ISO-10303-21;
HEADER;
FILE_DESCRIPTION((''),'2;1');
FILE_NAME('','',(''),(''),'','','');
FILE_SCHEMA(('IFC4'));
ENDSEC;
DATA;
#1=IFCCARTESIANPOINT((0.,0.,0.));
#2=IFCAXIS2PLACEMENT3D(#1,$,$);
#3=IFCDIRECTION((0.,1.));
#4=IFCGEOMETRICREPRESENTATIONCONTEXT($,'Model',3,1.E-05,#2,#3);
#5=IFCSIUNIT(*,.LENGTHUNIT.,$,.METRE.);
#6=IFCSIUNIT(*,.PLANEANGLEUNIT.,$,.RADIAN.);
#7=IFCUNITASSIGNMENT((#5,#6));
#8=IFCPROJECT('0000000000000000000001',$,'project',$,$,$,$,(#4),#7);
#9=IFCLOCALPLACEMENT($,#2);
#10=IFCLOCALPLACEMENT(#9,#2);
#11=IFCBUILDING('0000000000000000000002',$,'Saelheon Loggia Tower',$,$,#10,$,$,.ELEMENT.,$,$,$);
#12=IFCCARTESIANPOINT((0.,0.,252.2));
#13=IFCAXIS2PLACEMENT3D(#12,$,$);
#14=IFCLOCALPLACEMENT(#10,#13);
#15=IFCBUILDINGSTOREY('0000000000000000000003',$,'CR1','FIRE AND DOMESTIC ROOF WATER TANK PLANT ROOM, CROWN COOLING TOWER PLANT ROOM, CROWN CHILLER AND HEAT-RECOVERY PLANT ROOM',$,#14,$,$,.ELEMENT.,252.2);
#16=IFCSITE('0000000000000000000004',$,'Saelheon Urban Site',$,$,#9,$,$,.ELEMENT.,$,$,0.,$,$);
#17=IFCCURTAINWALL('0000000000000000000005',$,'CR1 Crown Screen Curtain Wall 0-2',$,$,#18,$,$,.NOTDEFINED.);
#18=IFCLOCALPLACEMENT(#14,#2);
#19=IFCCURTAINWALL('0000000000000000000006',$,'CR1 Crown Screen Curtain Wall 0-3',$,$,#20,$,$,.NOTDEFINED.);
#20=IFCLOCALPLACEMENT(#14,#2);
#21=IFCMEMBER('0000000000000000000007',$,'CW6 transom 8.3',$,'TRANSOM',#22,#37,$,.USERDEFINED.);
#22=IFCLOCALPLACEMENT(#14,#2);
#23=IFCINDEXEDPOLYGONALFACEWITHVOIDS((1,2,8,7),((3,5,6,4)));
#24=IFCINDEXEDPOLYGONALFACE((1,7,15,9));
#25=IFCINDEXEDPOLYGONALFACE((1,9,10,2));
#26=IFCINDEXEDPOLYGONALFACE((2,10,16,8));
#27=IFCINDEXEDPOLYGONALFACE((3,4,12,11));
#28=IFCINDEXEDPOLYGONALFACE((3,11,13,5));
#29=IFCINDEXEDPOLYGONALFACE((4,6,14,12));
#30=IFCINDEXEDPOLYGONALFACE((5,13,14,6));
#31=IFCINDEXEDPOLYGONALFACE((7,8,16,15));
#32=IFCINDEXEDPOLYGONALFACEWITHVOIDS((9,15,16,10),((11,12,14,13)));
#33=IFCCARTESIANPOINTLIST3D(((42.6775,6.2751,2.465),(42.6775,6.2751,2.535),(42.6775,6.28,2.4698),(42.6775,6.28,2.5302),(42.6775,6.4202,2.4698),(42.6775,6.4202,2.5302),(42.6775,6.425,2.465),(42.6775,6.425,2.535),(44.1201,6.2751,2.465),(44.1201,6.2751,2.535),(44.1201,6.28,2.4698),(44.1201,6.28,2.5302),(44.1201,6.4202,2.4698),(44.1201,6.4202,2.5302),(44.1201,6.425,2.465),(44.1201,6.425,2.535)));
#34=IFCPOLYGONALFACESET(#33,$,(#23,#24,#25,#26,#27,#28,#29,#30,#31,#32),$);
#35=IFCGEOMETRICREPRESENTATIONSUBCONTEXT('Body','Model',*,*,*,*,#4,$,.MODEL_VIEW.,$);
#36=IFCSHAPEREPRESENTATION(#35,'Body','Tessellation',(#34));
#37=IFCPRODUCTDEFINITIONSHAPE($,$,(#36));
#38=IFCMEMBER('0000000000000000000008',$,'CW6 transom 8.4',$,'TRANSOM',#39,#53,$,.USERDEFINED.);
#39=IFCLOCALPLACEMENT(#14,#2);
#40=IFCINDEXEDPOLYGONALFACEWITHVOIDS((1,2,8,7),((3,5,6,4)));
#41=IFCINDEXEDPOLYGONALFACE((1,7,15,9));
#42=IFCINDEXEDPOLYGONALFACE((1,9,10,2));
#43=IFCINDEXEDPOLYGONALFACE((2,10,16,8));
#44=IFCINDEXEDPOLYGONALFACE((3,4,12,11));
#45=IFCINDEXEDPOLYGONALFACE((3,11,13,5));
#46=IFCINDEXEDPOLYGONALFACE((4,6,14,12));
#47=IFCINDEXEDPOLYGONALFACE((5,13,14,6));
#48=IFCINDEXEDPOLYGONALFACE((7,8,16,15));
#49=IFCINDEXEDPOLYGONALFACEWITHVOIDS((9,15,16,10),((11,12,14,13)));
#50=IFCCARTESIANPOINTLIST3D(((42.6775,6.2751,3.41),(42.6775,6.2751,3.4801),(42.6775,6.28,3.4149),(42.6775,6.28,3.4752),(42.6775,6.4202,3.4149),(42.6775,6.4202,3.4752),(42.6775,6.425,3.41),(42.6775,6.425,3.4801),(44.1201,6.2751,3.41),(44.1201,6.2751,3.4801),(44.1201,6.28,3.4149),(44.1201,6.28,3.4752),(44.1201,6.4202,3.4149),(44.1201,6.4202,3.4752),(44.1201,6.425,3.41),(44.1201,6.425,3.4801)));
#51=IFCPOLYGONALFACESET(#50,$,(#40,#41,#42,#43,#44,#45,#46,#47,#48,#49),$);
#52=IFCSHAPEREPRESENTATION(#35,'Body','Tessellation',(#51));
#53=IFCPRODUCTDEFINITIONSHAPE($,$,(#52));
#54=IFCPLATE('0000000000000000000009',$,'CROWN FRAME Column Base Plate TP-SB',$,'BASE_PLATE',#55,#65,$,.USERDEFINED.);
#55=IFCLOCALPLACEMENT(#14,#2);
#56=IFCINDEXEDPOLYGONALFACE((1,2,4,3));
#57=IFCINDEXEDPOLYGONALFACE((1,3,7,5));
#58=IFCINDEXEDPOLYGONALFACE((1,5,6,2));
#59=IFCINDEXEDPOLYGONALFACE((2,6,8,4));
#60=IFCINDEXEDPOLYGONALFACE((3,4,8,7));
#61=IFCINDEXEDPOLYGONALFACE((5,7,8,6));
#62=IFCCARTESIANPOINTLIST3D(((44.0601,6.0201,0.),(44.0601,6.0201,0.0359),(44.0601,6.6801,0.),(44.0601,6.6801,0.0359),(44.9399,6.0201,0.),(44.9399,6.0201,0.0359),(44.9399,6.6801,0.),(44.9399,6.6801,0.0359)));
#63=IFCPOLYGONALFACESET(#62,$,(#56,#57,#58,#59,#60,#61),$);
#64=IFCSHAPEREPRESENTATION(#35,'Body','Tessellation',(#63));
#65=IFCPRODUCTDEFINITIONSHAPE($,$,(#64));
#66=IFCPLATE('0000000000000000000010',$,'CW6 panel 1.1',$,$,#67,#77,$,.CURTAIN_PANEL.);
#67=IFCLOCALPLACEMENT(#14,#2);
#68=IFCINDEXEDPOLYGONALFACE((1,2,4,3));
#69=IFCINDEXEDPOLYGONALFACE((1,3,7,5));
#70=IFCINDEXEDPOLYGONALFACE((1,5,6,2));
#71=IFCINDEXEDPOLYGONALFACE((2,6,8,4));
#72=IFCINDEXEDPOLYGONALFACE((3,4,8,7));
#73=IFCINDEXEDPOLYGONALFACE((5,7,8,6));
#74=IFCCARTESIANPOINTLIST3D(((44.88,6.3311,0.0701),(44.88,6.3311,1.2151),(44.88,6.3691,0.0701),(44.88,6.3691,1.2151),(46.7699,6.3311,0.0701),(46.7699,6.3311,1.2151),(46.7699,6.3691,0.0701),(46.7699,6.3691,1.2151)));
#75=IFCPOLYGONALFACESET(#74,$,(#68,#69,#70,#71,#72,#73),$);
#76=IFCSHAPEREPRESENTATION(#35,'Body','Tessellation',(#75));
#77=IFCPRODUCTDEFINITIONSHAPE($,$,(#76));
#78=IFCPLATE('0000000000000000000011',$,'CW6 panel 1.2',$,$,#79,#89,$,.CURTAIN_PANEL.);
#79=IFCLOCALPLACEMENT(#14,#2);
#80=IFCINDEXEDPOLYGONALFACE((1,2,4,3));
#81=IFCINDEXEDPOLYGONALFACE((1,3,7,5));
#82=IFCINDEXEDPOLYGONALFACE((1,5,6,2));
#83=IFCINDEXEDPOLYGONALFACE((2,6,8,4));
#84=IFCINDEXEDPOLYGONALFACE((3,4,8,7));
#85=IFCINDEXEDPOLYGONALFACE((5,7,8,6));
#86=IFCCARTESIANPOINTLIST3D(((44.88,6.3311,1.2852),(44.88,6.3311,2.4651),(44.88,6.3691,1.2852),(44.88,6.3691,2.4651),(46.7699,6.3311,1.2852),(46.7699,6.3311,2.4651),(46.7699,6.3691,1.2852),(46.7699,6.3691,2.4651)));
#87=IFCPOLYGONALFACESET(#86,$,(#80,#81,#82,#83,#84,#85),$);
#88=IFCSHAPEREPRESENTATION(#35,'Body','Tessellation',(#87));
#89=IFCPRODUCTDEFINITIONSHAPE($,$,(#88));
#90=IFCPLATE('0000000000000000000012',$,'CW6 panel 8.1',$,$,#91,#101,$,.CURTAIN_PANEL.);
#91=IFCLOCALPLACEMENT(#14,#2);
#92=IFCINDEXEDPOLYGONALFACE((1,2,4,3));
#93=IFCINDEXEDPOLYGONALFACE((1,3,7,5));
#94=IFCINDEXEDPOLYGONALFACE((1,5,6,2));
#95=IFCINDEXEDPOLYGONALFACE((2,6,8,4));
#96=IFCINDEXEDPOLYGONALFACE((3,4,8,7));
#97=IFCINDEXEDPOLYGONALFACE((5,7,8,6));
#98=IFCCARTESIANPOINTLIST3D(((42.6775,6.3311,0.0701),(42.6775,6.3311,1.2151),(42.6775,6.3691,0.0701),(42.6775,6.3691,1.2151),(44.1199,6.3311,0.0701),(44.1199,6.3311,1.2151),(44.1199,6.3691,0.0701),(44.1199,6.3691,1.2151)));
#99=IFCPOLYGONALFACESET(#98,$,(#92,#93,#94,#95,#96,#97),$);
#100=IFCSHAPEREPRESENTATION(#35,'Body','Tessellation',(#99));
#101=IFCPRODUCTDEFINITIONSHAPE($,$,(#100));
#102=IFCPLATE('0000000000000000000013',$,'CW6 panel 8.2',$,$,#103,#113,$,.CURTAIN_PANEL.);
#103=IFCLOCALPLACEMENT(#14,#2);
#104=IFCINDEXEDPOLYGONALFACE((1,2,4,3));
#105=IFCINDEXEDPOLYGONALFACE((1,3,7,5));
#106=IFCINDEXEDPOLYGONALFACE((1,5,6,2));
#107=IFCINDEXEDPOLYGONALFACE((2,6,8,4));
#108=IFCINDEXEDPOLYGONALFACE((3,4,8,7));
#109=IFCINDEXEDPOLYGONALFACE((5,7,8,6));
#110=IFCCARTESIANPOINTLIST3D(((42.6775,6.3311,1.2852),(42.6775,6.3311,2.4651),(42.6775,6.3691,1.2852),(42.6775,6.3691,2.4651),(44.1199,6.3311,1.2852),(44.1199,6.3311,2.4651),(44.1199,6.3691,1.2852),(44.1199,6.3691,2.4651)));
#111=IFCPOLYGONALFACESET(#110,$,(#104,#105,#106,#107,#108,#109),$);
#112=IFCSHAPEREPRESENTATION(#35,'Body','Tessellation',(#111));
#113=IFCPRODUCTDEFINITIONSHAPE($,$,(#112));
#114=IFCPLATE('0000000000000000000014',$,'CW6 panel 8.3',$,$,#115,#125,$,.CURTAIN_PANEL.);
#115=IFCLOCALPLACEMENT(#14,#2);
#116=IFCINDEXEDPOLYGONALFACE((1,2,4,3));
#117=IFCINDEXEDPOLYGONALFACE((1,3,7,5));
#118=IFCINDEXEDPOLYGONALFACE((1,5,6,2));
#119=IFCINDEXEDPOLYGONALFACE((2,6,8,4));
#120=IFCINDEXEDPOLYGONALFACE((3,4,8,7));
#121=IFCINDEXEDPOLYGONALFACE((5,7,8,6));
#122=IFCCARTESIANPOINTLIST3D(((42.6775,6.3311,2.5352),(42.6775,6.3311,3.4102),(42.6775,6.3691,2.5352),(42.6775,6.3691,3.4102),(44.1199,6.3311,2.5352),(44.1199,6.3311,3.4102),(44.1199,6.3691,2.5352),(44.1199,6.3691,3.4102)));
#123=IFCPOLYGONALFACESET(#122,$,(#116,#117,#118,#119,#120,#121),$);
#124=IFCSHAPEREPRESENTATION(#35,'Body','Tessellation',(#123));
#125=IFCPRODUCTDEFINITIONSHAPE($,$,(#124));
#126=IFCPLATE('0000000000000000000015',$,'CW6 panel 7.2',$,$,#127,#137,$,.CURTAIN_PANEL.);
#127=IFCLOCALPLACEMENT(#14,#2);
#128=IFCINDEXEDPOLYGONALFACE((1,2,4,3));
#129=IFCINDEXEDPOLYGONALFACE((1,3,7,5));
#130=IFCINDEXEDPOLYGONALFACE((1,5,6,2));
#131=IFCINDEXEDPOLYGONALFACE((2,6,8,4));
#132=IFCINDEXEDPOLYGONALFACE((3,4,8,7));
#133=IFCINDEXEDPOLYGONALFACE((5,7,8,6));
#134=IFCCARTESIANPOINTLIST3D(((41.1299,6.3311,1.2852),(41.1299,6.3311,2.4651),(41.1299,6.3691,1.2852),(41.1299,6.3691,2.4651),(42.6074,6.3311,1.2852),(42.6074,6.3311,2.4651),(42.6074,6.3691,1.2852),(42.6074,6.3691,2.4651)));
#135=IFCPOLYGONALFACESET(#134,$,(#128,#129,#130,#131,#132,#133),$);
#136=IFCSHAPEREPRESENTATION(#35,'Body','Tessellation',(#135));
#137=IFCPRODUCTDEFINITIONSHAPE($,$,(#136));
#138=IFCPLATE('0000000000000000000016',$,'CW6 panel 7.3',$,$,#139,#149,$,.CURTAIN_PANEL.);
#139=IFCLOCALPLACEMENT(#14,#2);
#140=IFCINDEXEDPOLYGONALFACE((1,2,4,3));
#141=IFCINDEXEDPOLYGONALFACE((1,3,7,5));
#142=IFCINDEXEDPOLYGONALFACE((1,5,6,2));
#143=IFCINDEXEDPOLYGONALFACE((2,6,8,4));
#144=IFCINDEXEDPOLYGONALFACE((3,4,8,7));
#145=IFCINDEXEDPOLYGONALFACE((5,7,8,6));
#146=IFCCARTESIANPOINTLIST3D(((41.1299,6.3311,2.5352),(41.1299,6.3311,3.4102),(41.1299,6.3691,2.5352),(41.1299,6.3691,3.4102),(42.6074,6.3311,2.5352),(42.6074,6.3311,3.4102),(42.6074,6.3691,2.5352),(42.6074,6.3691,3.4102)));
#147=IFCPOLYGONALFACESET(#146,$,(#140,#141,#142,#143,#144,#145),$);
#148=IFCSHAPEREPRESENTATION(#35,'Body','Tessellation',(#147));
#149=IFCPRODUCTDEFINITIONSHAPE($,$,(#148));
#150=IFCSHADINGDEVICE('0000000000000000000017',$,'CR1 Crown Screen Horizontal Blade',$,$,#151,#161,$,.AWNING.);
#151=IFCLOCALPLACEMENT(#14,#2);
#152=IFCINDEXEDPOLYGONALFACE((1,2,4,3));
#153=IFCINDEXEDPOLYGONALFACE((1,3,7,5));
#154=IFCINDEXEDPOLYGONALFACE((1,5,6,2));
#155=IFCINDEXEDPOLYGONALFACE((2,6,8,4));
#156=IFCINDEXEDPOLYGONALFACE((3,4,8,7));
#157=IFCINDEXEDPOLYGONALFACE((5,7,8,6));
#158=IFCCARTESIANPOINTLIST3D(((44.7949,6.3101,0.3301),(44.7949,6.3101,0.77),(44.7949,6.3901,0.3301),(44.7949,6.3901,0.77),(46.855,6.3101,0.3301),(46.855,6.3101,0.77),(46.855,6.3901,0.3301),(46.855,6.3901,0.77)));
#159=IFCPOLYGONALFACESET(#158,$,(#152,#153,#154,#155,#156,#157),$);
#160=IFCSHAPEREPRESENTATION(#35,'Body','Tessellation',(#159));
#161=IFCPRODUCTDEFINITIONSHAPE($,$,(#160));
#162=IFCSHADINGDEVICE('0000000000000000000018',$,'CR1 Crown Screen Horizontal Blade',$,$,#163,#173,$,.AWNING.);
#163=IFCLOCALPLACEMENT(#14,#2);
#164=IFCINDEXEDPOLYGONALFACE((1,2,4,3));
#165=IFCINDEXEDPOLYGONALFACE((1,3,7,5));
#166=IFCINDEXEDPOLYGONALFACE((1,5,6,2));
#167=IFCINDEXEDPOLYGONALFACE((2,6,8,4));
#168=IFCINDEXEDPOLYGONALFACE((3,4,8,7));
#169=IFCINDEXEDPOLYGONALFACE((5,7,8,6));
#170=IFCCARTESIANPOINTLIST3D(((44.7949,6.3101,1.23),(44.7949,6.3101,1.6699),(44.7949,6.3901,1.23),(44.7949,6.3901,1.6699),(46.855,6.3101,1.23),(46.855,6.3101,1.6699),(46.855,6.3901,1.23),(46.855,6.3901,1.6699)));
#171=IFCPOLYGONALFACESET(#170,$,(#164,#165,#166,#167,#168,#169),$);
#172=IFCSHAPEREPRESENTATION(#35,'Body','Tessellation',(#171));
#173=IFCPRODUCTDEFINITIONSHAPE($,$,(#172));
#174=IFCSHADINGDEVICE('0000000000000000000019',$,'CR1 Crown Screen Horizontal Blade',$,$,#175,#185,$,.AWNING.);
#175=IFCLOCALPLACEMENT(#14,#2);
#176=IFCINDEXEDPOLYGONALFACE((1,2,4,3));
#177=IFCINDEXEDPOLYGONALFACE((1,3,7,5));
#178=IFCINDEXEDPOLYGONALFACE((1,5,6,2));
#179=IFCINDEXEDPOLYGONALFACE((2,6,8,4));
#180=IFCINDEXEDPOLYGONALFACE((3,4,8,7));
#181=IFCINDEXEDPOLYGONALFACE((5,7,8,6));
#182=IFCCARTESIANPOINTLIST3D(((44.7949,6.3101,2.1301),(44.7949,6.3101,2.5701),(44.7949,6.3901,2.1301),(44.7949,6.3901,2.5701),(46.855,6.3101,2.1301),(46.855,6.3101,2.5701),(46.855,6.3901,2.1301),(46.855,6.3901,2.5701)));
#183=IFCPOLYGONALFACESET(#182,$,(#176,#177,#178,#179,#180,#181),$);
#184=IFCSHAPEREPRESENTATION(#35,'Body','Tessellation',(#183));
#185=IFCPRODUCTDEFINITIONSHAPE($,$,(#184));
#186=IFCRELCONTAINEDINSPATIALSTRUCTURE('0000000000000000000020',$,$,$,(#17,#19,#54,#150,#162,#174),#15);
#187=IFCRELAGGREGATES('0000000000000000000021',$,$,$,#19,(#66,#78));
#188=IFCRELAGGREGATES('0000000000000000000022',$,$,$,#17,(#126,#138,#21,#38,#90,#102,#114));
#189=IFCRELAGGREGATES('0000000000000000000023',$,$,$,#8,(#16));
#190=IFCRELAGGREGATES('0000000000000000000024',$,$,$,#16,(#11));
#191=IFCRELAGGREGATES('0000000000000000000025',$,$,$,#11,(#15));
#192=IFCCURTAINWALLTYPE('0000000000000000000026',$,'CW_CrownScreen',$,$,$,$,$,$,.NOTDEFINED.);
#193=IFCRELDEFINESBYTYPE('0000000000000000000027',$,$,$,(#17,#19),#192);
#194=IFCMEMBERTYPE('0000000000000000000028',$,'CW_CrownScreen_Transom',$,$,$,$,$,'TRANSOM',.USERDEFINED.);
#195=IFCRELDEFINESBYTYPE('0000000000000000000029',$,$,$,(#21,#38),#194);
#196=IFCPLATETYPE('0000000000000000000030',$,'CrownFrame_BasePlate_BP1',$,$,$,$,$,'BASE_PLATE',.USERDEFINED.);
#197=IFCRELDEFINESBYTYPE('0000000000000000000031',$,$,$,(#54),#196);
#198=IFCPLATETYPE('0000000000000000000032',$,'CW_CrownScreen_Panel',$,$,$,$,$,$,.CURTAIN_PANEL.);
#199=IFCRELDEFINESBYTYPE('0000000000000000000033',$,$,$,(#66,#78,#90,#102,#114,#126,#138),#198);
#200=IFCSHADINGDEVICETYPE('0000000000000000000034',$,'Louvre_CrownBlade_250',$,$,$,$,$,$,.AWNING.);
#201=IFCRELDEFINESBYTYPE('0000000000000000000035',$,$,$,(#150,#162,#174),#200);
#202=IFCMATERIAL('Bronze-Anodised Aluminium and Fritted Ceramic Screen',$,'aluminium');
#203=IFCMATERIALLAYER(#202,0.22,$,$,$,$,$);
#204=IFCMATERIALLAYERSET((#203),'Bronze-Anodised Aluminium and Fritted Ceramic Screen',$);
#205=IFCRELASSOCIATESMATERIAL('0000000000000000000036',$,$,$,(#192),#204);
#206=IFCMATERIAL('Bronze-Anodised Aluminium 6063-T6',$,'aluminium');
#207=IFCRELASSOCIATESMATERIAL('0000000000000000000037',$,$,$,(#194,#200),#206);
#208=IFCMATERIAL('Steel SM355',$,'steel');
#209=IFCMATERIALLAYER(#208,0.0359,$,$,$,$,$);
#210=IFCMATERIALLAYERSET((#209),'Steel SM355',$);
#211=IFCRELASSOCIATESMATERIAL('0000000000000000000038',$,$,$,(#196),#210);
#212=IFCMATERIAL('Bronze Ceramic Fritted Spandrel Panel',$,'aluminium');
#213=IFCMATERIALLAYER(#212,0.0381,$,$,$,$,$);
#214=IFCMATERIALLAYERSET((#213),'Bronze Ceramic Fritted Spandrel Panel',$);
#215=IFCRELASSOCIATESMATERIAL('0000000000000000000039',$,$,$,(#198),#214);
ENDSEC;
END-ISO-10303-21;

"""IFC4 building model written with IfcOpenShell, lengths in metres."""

from ifc_helpers import new_model, si_unit, direction, frame, origin, origin_2d, place, context, subcontext, project, spatial, rectangle, hollow_rectangle, extrude, source, transform, mapped, material, layer, layer_set, material_profile, profile_set, type_object, element, aggregate, save


model = new_model("IFC4")

# Units and contexts
model_context = context("Model", 3, precision=1e-05, world=origin(), true_north=direction((0.0, 1.0)))
body_context = subcontext(model_context, "Body", "Model", "MODEL_VIEW")
ifc_project = project(units=[si_unit("LENGTHUNIT", "METRE"), si_unit("PLANEANGLEUNIT", "RADIAN")], contexts=[model_context])

# Site, building, storey
site_placement = place(None, origin())
site = spatial("IfcSite", under=ifc_project, at=site_placement, Name="Saelheon Urban Site", CompositionType="ELEMENT", RefElevation=0.0)
building_placement = place(site_placement, origin())
building = spatial("IfcBuilding", under=site, at=building_placement, Name="Saelheon Loggia Tower", CompositionType="ELEMENT")
storey_placement = place(building_placement, frame((0.0, 0.0, 252.2)))
storey = spatial("IfcBuildingStorey", under=building, at=storey_placement, Name="CR1", Description="FIRE AND DOMESTIC ROOF WATER TANK PLANT ROOM, CROWN COOLING TOWER PLANT ROOM, CROWN CHILLER AND HEAT-RECOVERY PLANT ROOM", CompositionType="ELEMENT", Elevation=252.2)

# Curtain walls
ifc_material_1 = material(Name="Bronze-Anodised Aluminium and Fritted Ceramic Screen", Category="aluminium")
ifc_layer_1 = layer(ifc_material_1, 0.22)
ifc_layer_set_1 = layer_set([ifc_layer_1], Name="Bronze-Anodised Aluminium and Fritted Ceramic Screen")
curtain_wall_type = type_object("IfcCurtainWallType", Name="CW_CrownScreen", PredefinedType="NOTDEFINED", material=ifc_layer_set_1)
curtain_wall_1_placement = place(storey_placement, origin())
curtain_wall_1 = element("IfcCurtainWall", 1, at=curtain_wall_1_placement, inside=storey, type_object=curtain_wall_type, Name="CR1 Crown Screen Curtain Wall 0-2", PredefinedType="NOTDEFINED")
ifc_material_2 = material(Name="Bronze-Anodised Aluminium 6063-T6", Category="aluminium")
curtain_wall_2_placement = place(storey_placement, origin())
curtain_wall_2 = element("IfcCurtainWall", 2, at=curtain_wall_2_placement, inside=storey, type_object=curtain_wall_type, Name="CR1 Crown Screen Curtain Wall 0-3", PredefinedType="NOTDEFINED")
ifc_material_profile_1 = material_profile(ifc_material_2, hollow_rectangle(XDim=0.0701, YDim=0.1499, WallThickness=0.0049, at=origin_2d()), Name="RHS-150x70x5")
ifc_profile_set_1 = profile_set([ifc_material_profile_1], Name="Bronze-Anodised Aluminium 6063-T6")
member_type_1 = type_object("IfcMemberType", Name="CW_CrownScreen_Transom", ElementType="TRANSOM", PredefinedType="USERDEFINED", material=ifc_profile_set_1)

# Members
shared_shape_1 = source(origin(), body_context, "Body", "SweptSolid", [
    extrude(hollow_rectangle(XDim=0.0701, YDim=0.1499, WallThickness=0.0049, at=origin_2d()), origin(), (0.0, 0.0, 1.0), 1.4426),
])
member_1_placement = place(storey_placement, frame((42.6775, 6.3501, 2.5), z_axis=(1.0, 0.0, 0.0), x_axis=(0.0, 0.0, 1.0)))
member_1 = element("IfcMember", 3, at=member_1_placement, type_object=member_type_1, Name="CW6 transom 8.3", ObjectType="TRANSOM", PredefinedType="USERDEFINED", context=body_context, shape_type="MappedRepresentation", body=[
    mapped(shared_shape_1, transform((0.0, 0.0, 0.0), scale=1.0)),
])
member_2_placement = place(storey_placement, frame((42.6775, 6.3501, 3.4451), z_axis=(1.0, 0.0, 0.0), x_axis=(0.0, 0.0, 1.0)))
member_2 = element("IfcMember", 4, at=member_2_placement, type_object=member_type_1, Name="CW6 transom 8.4", ObjectType="TRANSOM", PredefinedType="USERDEFINED", context=body_context, shape_type="MappedRepresentation", body=[
    mapped(shared_shape_1, transform((0.0, 0.0, 0.0), scale=1.0)),
])

# Plates
ifc_material_3 = material(Name="Steel SM355", Category="steel")
ifc_layer_2 = layer(ifc_material_3, 0.0359)
ifc_layer_set_2 = layer_set([ifc_layer_2], Name="Steel SM355")
plate_type_1 = type_object("IfcPlateType", Name="CrownFrame_BasePlate_BP1", ElementType="BASE_PLATE", PredefinedType="USERDEFINED", material=ifc_layer_set_2)
shared_shape_2 = source(origin(), body_context, "Body", "SweptSolid", [
    extrude(rectangle(XDim=0.8799, YDim=0.6599, at=origin_2d()), origin(), (0.0, 0.0, 1.0), 0.0359),
])
plate_1_placement = place(storey_placement, frame((44.5, 6.3501, 0.0), z_axis=(0.0, 0.0, 1.0), x_axis=(1.0, 0.0, 0.0)))
element("IfcPlate", 5, at=plate_1_placement, inside=storey, type_object=plate_type_1, Name="CROWN FRAME Column Base Plate TP-SB", ObjectType="BASE_PLATE", PredefinedType="USERDEFINED", context=body_context, shape_type="MappedRepresentation", body=[
    mapped(shared_shape_2, transform((0.0, 0.0, 0.0), scale=1.0)),
])
ifc_material_4 = material(Name="Bronze Ceramic Fritted Spandrel Panel", Category="aluminium")
ifc_layer_3 = layer(ifc_material_4, 0.0381)
ifc_layer_set_3 = layer_set([ifc_layer_3], Name="Bronze Ceramic Fritted Spandrel Panel")
plate_type_2 = type_object("IfcPlateType", Name="CW_CrownScreen_Panel", PredefinedType="CURTAIN_PANEL", material=ifc_layer_set_3)
shared_shape_3 = source(origin(), body_context, "Body", "SweptSolid", [
    extrude(rectangle(XDim=1.8899, YDim=0.0381, at=origin_2d()), origin(), (0.0, 0.0, 1.0), 1.145),
])
plate_2_placement = place(storey_placement, frame((45.825, 6.3501, 0.0701), z_axis=(0.0, 0.0, 1.0), x_axis=(1.0, 0.0, 0.0)))
plate_2 = element("IfcPlate", 6, at=plate_2_placement, type_object=plate_type_2, Name="CW6 panel 1.1", PredefinedType="CURTAIN_PANEL", context=body_context, shape_type="MappedRepresentation", body=[
    mapped(shared_shape_3, transform((0.0, 0.0, 0.0), scale=1.0)),
])
shared_shape_4 = source(origin(), body_context, "Body", "SweptSolid", [
    extrude(rectangle(XDim=1.8899, YDim=0.0381, at=origin_2d()), origin(), (0.0, 0.0, 1.0), 1.1799),
])
plate_3_placement = place(storey_placement, frame((45.825, 6.3501, 1.2852), z_axis=(0.0, 0.0, 1.0), x_axis=(1.0, 0.0, 0.0)))
plate_3 = element("IfcPlate", 7, at=plate_3_placement, type_object=plate_type_2, Name="CW6 panel 1.2", PredefinedType="CURTAIN_PANEL", context=body_context, shape_type="MappedRepresentation", body=[
    mapped(shared_shape_4, transform((0.0, 0.0, 0.0), scale=1.0)),
])
aggregate(curtain_wall_2, [plate_2, plate_3])
shared_shape_5 = source(origin(), body_context, "Body", "SweptSolid", [
    extrude(rectangle(XDim=1.4424, YDim=0.0381, at=origin_2d()), origin(), (0.0, 0.0, 1.0), 1.145),
])
plate_4_placement = place(storey_placement, frame((43.3987, 6.3501, 0.0701), z_axis=(0.0, 0.0, 1.0), x_axis=(1.0, 0.0, 0.0)))
plate_4 = element("IfcPlate", 8, at=plate_4_placement, type_object=plate_type_2, Name="CW6 panel 8.1", PredefinedType="CURTAIN_PANEL", context=body_context, shape_type="MappedRepresentation", body=[
    mapped(shared_shape_5, transform((0.0, 0.0, 0.0), scale=1.0)),
])
shared_shape_6 = source(origin(), body_context, "Body", "SweptSolid", [
    extrude(rectangle(XDim=1.4424, YDim=0.0381, at=origin_2d()), origin(), (0.0, 0.0, 1.0), 1.1799),
])
plate_5_placement = place(storey_placement, frame((43.3987, 6.3501, 1.2852), z_axis=(0.0, 0.0, 1.0), x_axis=(1.0, 0.0, 0.0)))
plate_5 = element("IfcPlate", 9, at=plate_5_placement, type_object=plate_type_2, Name="CW6 panel 8.2", PredefinedType="CURTAIN_PANEL", context=body_context, shape_type="MappedRepresentation", body=[
    mapped(shared_shape_6, transform((0.0, 0.0, 0.0), scale=1.0)),
])
shared_shape_7 = source(origin(), body_context, "Body", "SweptSolid", [
    extrude(rectangle(XDim=1.4424, YDim=0.0381, at=origin_2d()), origin(), (0.0, 0.0, 1.0), 0.875),
])
plate_6_placement = place(storey_placement, frame((43.3987, 6.3501, 2.5352), z_axis=(0.0, 0.0, 1.0), x_axis=(1.0, 0.0, 0.0)))
plate_6 = element("IfcPlate", 10, at=plate_6_placement, type_object=plate_type_2, Name="CW6 panel 8.3", PredefinedType="CURTAIN_PANEL", context=body_context, shape_type="MappedRepresentation", body=[
    mapped(shared_shape_7, transform((0.0, 0.0, 0.0), scale=1.0)),
])
shared_shape_8 = source(origin(), body_context, "Body", "SweptSolid", [
    extrude(rectangle(XDim=1.4775, YDim=0.0381, at=origin_2d()), origin(), (0.0, 0.0, 1.0), 1.1799),
])
plate_7_placement = place(storey_placement, frame((41.8687, 6.3501, 1.2852), z_axis=(0.0, 0.0, 1.0), x_axis=(1.0, 0.0, 0.0)))
plate_7 = element("IfcPlate", 11, at=plate_7_placement, type_object=plate_type_2, Name="CW6 panel 7.2", PredefinedType="CURTAIN_PANEL", context=body_context, shape_type="MappedRepresentation", body=[
    mapped(shared_shape_8, transform((0.0, 0.0, 0.0), scale=1.0)),
])
shared_shape_9 = source(origin(), body_context, "Body", "SweptSolid", [
    extrude(rectangle(XDim=1.4775, YDim=0.0381, at=origin_2d()), origin(), (0.0, 0.0, 1.0), 0.875),
])
plate_8_placement = place(storey_placement, frame((41.8687, 6.3501, 2.5352), z_axis=(0.0, 0.0, 1.0), x_axis=(1.0, 0.0, 0.0)))
plate_8 = element("IfcPlate", 12, at=plate_8_placement, type_object=plate_type_2, Name="CW6 panel 7.3", PredefinedType="CURTAIN_PANEL", context=body_context, shape_type="MappedRepresentation", body=[
    mapped(shared_shape_9, transform((0.0, 0.0, 0.0), scale=1.0)),
])
aggregate(curtain_wall_1, [plate_7, plate_8, member_1, member_2, plate_4, plate_5, plate_6])

# Shading devices
ifc_material_profile_2 = material_profile(ifc_material_2, rectangle(XDim=0.0801, YDim=0.4399, at=origin_2d()), Name="Louvre_CrownBlade_250")
ifc_profile_set_2 = profile_set([ifc_material_profile_2], Name="Bronze-Anodised Aluminium 6063-T6")
shading_device_type = type_object("IfcShadingDeviceType", Name="Louvre_CrownBlade_250", PredefinedType="AWNING", material=ifc_profile_set_2)
shared_shape_10 = source(origin(), body_context, "Body", "SweptSolid", [
    extrude(rectangle(XDim=0.0801, YDim=0.4399, at=origin_2d()), origin(), (0.0, 0.0, 1.0), 2.0601),
])
for number, where, z_axis, x_axis, name in (
    (13, (44.7949, 6.3501, 0.55), (1.0, 0.0, 0.0), (0.0, 1.0, 0.0), "CR1 Crown Screen Horizontal Blade"),
    (14, (44.7949, 6.3501, 1.45), (1.0, 0.0, 0.0), (0.0, 1.0, 0.0), "CR1 Crown Screen Horizontal Blade"),
    (15, (44.7949, 6.3501, 2.3501), (1.0, 0.0, 0.0), (0.0, 1.0, 0.0), "CR1 Crown Screen Horizontal Blade"),
):
    element("IfcShadingDevice", number, at=place(storey_placement, frame(where, z_axis=z_axis, x_axis=x_axis)), inside=storey, type_object=shading_device_type, Name=name, PredefinedType="AWNING", context=body_context, shape_type="MappedRepresentation", body=[
        mapped(shared_shape_10, transform((0.0, 0.0, 0.0), scale=1.0)),
    ])

save(model, "model.ifc")
